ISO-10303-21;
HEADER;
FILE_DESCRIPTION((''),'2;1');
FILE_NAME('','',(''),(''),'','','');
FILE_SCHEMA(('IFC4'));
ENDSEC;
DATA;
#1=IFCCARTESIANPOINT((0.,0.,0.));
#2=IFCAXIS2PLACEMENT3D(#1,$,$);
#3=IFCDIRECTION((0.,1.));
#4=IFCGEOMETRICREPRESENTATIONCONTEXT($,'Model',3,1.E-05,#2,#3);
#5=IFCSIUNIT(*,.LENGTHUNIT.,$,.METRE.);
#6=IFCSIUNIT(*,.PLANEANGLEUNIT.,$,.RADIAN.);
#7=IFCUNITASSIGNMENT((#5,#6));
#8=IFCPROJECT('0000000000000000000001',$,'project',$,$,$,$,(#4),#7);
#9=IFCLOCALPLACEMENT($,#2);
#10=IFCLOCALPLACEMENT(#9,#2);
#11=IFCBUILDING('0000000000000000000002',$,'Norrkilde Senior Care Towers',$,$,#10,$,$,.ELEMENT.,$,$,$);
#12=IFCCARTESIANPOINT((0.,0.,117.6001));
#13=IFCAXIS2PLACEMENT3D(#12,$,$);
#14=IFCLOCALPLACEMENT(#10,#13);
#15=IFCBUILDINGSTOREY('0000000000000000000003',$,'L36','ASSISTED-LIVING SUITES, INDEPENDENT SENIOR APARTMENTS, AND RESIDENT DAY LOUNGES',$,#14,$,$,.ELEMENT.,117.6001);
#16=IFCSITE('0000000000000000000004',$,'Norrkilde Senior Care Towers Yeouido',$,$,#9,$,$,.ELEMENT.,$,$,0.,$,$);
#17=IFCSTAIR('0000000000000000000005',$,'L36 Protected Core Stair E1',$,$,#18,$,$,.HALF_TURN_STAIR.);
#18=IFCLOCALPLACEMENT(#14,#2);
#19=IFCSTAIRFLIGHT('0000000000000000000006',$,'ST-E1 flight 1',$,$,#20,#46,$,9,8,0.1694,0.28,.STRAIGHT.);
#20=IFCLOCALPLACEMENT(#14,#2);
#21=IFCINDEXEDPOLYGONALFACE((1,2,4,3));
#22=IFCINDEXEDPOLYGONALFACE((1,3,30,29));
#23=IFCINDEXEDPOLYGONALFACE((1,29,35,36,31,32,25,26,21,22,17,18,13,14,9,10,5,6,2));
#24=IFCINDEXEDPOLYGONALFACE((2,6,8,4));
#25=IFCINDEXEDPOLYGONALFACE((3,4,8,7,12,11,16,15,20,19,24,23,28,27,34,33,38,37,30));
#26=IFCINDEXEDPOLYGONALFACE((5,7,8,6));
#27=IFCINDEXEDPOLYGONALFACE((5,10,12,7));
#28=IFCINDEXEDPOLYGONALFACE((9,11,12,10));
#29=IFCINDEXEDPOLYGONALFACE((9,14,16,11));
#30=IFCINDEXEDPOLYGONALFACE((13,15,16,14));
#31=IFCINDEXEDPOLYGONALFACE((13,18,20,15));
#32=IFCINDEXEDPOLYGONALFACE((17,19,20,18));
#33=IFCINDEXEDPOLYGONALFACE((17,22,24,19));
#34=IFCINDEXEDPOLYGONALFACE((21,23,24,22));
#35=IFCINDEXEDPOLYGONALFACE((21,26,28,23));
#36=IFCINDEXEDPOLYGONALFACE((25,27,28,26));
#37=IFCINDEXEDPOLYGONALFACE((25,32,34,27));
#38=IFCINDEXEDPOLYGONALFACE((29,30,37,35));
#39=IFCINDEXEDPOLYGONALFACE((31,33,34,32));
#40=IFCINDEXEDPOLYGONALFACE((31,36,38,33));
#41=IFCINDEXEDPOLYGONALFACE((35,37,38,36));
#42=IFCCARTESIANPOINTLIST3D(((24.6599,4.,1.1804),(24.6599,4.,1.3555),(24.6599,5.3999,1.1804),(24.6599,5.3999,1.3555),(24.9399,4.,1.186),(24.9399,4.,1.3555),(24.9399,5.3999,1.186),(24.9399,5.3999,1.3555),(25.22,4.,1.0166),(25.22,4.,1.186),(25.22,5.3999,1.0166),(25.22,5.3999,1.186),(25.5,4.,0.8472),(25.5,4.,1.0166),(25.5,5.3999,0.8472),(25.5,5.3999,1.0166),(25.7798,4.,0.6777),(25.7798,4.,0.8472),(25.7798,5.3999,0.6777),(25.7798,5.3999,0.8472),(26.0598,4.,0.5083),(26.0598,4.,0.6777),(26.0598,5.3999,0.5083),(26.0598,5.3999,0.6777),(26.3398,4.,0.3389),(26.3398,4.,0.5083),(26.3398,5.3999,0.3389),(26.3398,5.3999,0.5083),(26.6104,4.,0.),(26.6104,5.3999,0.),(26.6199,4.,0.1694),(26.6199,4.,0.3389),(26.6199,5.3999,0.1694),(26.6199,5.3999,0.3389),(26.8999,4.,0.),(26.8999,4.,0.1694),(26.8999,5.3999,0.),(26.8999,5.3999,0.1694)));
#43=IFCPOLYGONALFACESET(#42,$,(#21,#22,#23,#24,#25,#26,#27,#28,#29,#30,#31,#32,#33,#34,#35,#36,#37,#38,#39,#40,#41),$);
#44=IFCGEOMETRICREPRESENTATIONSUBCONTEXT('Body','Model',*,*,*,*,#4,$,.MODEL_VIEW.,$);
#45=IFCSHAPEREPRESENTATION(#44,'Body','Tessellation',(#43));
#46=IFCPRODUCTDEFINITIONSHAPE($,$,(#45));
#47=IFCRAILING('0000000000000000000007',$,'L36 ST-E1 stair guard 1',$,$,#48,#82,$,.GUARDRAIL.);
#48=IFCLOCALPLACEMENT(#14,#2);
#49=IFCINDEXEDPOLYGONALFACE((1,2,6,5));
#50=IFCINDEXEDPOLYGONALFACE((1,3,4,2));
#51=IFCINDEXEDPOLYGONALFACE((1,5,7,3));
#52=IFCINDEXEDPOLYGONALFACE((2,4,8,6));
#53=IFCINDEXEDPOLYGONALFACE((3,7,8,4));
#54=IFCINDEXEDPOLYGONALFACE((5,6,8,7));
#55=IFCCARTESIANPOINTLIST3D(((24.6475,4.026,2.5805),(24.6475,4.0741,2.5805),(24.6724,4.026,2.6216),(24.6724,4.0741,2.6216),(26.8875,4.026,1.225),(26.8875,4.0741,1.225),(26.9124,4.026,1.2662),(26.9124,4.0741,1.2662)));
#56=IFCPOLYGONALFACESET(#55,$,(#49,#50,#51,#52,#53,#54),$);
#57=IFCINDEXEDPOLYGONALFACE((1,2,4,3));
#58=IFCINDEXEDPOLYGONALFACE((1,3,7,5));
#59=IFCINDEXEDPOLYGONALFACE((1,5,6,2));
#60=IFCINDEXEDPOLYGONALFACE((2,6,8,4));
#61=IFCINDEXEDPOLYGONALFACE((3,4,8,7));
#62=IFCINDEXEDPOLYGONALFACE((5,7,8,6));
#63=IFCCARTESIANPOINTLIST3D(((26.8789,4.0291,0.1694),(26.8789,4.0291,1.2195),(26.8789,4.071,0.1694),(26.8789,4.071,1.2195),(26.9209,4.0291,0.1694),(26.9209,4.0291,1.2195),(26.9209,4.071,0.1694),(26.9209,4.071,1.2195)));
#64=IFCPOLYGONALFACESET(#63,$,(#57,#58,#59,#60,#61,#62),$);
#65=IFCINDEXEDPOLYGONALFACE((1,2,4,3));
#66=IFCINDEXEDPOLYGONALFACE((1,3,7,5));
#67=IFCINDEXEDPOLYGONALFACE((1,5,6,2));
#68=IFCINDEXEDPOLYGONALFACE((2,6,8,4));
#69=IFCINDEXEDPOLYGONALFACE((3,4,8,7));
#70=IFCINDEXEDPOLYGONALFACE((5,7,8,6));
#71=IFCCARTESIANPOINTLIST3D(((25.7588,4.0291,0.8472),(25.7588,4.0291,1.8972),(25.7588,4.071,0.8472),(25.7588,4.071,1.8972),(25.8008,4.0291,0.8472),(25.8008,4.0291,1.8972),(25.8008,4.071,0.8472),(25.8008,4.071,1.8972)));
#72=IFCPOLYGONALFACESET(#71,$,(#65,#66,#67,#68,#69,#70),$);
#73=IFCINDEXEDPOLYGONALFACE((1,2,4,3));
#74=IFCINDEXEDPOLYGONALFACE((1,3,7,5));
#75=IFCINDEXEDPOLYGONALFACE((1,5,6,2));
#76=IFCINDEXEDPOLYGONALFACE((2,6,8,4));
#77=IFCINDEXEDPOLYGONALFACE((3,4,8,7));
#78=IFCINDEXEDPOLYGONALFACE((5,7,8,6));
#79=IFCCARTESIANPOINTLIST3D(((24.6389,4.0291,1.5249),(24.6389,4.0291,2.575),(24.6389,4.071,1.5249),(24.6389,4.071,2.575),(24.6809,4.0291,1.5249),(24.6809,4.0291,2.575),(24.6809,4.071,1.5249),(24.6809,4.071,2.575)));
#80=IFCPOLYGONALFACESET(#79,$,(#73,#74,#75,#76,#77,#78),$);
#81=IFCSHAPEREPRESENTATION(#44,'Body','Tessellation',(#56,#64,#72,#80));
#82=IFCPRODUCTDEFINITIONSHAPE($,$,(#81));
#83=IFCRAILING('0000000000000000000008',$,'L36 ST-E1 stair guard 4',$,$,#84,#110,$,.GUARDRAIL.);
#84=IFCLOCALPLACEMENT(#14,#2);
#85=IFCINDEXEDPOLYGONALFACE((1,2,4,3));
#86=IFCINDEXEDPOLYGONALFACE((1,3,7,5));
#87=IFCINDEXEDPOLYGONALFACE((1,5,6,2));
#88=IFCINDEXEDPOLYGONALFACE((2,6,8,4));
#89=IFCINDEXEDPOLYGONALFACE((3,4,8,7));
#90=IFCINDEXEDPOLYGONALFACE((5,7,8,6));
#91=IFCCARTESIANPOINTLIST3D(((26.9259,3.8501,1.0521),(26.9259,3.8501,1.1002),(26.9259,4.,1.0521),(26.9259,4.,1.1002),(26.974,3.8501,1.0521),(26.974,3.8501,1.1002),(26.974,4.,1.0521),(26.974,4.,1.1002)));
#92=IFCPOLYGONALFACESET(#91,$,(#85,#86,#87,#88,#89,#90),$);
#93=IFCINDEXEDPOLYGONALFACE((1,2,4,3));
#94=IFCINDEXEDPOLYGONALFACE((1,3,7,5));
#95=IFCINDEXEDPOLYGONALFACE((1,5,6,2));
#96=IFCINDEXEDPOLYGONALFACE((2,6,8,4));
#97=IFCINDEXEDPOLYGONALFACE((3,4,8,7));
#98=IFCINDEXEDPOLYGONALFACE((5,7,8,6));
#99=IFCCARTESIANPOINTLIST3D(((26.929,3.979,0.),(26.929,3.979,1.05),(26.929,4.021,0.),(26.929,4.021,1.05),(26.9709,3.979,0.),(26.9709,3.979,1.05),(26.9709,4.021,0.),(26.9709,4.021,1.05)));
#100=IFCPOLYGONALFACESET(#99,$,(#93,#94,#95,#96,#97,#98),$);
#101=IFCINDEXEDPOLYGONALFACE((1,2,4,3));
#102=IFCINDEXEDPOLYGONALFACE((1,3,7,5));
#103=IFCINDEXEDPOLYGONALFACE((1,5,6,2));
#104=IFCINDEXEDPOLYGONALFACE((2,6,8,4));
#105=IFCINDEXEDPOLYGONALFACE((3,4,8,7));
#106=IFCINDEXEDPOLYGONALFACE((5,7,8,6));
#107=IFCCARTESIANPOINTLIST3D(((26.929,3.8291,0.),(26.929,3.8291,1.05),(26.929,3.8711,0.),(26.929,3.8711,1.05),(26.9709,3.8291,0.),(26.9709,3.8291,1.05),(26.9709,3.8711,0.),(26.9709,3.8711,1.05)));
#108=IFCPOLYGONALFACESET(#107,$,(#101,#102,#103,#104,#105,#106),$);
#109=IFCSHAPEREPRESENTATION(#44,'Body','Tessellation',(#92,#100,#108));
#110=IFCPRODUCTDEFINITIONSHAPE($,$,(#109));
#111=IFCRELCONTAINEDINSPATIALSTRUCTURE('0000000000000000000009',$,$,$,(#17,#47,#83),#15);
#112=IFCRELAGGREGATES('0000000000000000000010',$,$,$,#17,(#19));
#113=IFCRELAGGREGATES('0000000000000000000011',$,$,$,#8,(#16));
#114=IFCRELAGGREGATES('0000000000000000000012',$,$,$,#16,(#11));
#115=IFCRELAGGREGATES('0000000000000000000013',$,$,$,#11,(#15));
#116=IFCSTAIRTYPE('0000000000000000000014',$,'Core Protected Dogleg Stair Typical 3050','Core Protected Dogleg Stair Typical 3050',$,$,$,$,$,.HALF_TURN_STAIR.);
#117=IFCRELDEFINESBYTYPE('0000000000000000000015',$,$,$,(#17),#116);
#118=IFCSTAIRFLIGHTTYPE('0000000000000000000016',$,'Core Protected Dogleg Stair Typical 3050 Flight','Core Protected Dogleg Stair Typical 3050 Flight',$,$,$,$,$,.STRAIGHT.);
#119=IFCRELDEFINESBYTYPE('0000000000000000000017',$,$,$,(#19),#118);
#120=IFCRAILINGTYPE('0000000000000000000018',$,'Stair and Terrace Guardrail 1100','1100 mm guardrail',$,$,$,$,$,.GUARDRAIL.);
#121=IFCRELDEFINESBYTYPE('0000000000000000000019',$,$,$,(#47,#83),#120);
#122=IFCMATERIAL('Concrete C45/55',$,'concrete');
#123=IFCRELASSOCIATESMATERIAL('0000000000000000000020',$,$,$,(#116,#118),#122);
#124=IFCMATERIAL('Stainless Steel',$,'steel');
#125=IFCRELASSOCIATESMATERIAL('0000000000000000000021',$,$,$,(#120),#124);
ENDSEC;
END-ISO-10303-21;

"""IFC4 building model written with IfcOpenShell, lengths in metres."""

from ifc_helpers import new_model, si_unit, direction, frame, origin, origin_2d, place, context, subcontext, project, spatial, polyline, rectangle, outline, extrude, material, type_object, element, aggregate, save


model = new_model("IFC4")

# Units and contexts
model_context = context("Model", 3, precision=1e-05, world=origin(), true_north=direction((0.0, 1.0)))
body_context = subcontext(model_context, "Body", "Model", "MODEL_VIEW")
ifc_project = project(units=[si_unit("LENGTHUNIT", "METRE"), si_unit("PLANEANGLEUNIT", "RADIAN")], contexts=[model_context])

# Site, building, storey
site_placement = place(None, origin())
site = spatial("IfcSite", under=ifc_project, at=site_placement, Name="Norrkilde Senior Care Towers Yeouido", CompositionType="ELEMENT", RefElevation=0.0)
building_placement = place(site_placement, origin())
building = spatial("IfcBuilding", under=site, at=building_placement, Name="Norrkilde Senior Care Towers", CompositionType="ELEMENT")
storey_placement = place(building_placement, frame((0.0, 0.0, 117.6001)))
storey = spatial("IfcBuildingStorey", under=building, at=storey_placement, Name="L36", Description="ASSISTED-LIVING SUITES, INDEPENDENT SENIOR APARTMENTS, AND RESIDENT DAY LOUNGES", CompositionType="ELEMENT", Elevation=117.6001)

# Shared definitions
ifc_material_1 = material(Name="Concrete C45/55", Category="concrete")
ifc_material_2 = material(Name="Stainless Steel", Category="steel")

# Stair, stair flight
stair_type = type_object("IfcStairType", Name="Core Protected Dogleg Stair Typical 3050", Description="Core Protected Dogleg Stair Typical 3050", PredefinedType="HALF_TURN_STAIR", material=ifc_material_1)
stair_placement = place(storey_placement, origin())
stair = element("IfcStair", 1, at=stair_placement, inside=storey, type_object=stair_type, Name="L36 Protected Core Stair E1", PredefinedType="HALF_TURN_STAIR")
stair_flight_type = type_object("IfcStairFlightType", Name="Core Protected Dogleg Stair Typical 3050 Flight", Description="Core Protected Dogleg Stair Typical 3050 Flight", PredefinedType="STRAIGHT", material=ifc_material_1)
stair_flight_placement = place(storey_placement, frame((26.8999, 4.7, 0.0), z_axis=(0.0, 0.0, 1.0), x_axis=(-1.0, 0.0, 0.0)))
stair_flight = element("IfcStairFlight", 2, at=stair_flight_placement, type_object=stair_flight_type, Name="ST-E1 flight 1", NumberOfRisers=9, NumberOfTreads=8, PredefinedType="STRAIGHT", RiserHeight=0.1694, TreadLength=0.28, context=body_context, shape_type="SweptSolid", body=[
    extrude(outline(polyline([(0.0, 0.0), (0.0, 0.1694), (0.28, 0.1694), (0.28, 0.3389), (0.5601, 0.3389), (0.5601, 0.5083), (0.8401, 0.5083), (0.8401, 0.6777), (1.1201, 0.6777), (1.1201, 0.8472), (1.3999, 0.8472), (1.3999, 1.0166), (1.6799, 1.0166), (1.6799, 1.186), (1.96, 1.186), (1.96, 1.3555), (2.24, 1.3555), (2.24, 1.5249), (2.24, 1.1804), (0.2896, 0.0), (0.0, 0.0)])), frame((0.0, 0.7, 0.0), z_axis=(0.0, -1.0, 0.0), x_axis=(1.0, 0.0, 0.0)), (0.0, 0.0, 1.0), 1.3999),
])
aggregate(stair, [stair_flight])

# Railings
railing_type = type_object("IfcRailingType", Name="Stair and Terrace Guardrail 1100", Description="1100 mm guardrail", PredefinedType="GUARDRAIL", material=ifc_material_2)
railing_1_placement = place(storey_placement, frame((26.8999, 4.05, 0.1694)))
element("IfcRailing", 3, at=railing_1_placement, inside=storey, type_object=railing_type, Name="L36 ST-E1 stair guard 1", PredefinedType="GUARDRAIL", context=body_context, shape_type="SweptSolid", body=[
    extrude(rectangle(XDim=0.0481, YDim=0.0481, at=origin_2d()), frame((0.0, 0.0, 1.0762), z_axis=(-0.855553, 0.0, 0.517715), x_axis=(0.0, -1.0, 0.0)), (0.0, 0.0, 1.0), 2.6182),
    extrude(rectangle(XDim=0.042, YDim=0.042, at=origin_2d()), origin(), (0.0, 0.0, 1.0), 1.05),
    extrude(rectangle(XDim=0.042, YDim=0.042, at=origin_2d()), frame((-1.1201, 0.0, 0.6777)), (0.0, 0.0, 1.0), 1.05),
    extrude(rectangle(XDim=0.042, YDim=0.042, at=origin_2d()), frame((-2.24, 0.0, 1.3555)), (0.0, 0.0, 1.0), 1.05),
])
railing_2_placement = place(storey_placement, frame((26.95, 4.0, 0.0)))
element("IfcRailing", 4, at=railing_2_placement, inside=storey, type_object=railing_type, Name="L36 ST-E1 stair guard 4", PredefinedType="GUARDRAIL", context=body_context, shape_type="SweptSolid", body=[
    extrude(rectangle(XDim=0.0481, YDim=0.0481, at=origin_2d()), frame((0.0, 0.0, 1.0762), z_axis=(0.0, -1.0, 0.0), x_axis=(1.0, 0.0, 0.0)), (0.0, 0.0, 1.0), 0.1499),
    extrude(rectangle(XDim=0.042, YDim=0.042, at=origin_2d()), origin(), (0.0, 0.0, 1.0), 1.05),
    extrude(rectangle(XDim=0.042, YDim=0.042, at=origin_2d()), frame((0.0, -0.1499, 0.0)), (0.0, 0.0, 1.0), 1.05),
])

save(model, "model.ifc")
